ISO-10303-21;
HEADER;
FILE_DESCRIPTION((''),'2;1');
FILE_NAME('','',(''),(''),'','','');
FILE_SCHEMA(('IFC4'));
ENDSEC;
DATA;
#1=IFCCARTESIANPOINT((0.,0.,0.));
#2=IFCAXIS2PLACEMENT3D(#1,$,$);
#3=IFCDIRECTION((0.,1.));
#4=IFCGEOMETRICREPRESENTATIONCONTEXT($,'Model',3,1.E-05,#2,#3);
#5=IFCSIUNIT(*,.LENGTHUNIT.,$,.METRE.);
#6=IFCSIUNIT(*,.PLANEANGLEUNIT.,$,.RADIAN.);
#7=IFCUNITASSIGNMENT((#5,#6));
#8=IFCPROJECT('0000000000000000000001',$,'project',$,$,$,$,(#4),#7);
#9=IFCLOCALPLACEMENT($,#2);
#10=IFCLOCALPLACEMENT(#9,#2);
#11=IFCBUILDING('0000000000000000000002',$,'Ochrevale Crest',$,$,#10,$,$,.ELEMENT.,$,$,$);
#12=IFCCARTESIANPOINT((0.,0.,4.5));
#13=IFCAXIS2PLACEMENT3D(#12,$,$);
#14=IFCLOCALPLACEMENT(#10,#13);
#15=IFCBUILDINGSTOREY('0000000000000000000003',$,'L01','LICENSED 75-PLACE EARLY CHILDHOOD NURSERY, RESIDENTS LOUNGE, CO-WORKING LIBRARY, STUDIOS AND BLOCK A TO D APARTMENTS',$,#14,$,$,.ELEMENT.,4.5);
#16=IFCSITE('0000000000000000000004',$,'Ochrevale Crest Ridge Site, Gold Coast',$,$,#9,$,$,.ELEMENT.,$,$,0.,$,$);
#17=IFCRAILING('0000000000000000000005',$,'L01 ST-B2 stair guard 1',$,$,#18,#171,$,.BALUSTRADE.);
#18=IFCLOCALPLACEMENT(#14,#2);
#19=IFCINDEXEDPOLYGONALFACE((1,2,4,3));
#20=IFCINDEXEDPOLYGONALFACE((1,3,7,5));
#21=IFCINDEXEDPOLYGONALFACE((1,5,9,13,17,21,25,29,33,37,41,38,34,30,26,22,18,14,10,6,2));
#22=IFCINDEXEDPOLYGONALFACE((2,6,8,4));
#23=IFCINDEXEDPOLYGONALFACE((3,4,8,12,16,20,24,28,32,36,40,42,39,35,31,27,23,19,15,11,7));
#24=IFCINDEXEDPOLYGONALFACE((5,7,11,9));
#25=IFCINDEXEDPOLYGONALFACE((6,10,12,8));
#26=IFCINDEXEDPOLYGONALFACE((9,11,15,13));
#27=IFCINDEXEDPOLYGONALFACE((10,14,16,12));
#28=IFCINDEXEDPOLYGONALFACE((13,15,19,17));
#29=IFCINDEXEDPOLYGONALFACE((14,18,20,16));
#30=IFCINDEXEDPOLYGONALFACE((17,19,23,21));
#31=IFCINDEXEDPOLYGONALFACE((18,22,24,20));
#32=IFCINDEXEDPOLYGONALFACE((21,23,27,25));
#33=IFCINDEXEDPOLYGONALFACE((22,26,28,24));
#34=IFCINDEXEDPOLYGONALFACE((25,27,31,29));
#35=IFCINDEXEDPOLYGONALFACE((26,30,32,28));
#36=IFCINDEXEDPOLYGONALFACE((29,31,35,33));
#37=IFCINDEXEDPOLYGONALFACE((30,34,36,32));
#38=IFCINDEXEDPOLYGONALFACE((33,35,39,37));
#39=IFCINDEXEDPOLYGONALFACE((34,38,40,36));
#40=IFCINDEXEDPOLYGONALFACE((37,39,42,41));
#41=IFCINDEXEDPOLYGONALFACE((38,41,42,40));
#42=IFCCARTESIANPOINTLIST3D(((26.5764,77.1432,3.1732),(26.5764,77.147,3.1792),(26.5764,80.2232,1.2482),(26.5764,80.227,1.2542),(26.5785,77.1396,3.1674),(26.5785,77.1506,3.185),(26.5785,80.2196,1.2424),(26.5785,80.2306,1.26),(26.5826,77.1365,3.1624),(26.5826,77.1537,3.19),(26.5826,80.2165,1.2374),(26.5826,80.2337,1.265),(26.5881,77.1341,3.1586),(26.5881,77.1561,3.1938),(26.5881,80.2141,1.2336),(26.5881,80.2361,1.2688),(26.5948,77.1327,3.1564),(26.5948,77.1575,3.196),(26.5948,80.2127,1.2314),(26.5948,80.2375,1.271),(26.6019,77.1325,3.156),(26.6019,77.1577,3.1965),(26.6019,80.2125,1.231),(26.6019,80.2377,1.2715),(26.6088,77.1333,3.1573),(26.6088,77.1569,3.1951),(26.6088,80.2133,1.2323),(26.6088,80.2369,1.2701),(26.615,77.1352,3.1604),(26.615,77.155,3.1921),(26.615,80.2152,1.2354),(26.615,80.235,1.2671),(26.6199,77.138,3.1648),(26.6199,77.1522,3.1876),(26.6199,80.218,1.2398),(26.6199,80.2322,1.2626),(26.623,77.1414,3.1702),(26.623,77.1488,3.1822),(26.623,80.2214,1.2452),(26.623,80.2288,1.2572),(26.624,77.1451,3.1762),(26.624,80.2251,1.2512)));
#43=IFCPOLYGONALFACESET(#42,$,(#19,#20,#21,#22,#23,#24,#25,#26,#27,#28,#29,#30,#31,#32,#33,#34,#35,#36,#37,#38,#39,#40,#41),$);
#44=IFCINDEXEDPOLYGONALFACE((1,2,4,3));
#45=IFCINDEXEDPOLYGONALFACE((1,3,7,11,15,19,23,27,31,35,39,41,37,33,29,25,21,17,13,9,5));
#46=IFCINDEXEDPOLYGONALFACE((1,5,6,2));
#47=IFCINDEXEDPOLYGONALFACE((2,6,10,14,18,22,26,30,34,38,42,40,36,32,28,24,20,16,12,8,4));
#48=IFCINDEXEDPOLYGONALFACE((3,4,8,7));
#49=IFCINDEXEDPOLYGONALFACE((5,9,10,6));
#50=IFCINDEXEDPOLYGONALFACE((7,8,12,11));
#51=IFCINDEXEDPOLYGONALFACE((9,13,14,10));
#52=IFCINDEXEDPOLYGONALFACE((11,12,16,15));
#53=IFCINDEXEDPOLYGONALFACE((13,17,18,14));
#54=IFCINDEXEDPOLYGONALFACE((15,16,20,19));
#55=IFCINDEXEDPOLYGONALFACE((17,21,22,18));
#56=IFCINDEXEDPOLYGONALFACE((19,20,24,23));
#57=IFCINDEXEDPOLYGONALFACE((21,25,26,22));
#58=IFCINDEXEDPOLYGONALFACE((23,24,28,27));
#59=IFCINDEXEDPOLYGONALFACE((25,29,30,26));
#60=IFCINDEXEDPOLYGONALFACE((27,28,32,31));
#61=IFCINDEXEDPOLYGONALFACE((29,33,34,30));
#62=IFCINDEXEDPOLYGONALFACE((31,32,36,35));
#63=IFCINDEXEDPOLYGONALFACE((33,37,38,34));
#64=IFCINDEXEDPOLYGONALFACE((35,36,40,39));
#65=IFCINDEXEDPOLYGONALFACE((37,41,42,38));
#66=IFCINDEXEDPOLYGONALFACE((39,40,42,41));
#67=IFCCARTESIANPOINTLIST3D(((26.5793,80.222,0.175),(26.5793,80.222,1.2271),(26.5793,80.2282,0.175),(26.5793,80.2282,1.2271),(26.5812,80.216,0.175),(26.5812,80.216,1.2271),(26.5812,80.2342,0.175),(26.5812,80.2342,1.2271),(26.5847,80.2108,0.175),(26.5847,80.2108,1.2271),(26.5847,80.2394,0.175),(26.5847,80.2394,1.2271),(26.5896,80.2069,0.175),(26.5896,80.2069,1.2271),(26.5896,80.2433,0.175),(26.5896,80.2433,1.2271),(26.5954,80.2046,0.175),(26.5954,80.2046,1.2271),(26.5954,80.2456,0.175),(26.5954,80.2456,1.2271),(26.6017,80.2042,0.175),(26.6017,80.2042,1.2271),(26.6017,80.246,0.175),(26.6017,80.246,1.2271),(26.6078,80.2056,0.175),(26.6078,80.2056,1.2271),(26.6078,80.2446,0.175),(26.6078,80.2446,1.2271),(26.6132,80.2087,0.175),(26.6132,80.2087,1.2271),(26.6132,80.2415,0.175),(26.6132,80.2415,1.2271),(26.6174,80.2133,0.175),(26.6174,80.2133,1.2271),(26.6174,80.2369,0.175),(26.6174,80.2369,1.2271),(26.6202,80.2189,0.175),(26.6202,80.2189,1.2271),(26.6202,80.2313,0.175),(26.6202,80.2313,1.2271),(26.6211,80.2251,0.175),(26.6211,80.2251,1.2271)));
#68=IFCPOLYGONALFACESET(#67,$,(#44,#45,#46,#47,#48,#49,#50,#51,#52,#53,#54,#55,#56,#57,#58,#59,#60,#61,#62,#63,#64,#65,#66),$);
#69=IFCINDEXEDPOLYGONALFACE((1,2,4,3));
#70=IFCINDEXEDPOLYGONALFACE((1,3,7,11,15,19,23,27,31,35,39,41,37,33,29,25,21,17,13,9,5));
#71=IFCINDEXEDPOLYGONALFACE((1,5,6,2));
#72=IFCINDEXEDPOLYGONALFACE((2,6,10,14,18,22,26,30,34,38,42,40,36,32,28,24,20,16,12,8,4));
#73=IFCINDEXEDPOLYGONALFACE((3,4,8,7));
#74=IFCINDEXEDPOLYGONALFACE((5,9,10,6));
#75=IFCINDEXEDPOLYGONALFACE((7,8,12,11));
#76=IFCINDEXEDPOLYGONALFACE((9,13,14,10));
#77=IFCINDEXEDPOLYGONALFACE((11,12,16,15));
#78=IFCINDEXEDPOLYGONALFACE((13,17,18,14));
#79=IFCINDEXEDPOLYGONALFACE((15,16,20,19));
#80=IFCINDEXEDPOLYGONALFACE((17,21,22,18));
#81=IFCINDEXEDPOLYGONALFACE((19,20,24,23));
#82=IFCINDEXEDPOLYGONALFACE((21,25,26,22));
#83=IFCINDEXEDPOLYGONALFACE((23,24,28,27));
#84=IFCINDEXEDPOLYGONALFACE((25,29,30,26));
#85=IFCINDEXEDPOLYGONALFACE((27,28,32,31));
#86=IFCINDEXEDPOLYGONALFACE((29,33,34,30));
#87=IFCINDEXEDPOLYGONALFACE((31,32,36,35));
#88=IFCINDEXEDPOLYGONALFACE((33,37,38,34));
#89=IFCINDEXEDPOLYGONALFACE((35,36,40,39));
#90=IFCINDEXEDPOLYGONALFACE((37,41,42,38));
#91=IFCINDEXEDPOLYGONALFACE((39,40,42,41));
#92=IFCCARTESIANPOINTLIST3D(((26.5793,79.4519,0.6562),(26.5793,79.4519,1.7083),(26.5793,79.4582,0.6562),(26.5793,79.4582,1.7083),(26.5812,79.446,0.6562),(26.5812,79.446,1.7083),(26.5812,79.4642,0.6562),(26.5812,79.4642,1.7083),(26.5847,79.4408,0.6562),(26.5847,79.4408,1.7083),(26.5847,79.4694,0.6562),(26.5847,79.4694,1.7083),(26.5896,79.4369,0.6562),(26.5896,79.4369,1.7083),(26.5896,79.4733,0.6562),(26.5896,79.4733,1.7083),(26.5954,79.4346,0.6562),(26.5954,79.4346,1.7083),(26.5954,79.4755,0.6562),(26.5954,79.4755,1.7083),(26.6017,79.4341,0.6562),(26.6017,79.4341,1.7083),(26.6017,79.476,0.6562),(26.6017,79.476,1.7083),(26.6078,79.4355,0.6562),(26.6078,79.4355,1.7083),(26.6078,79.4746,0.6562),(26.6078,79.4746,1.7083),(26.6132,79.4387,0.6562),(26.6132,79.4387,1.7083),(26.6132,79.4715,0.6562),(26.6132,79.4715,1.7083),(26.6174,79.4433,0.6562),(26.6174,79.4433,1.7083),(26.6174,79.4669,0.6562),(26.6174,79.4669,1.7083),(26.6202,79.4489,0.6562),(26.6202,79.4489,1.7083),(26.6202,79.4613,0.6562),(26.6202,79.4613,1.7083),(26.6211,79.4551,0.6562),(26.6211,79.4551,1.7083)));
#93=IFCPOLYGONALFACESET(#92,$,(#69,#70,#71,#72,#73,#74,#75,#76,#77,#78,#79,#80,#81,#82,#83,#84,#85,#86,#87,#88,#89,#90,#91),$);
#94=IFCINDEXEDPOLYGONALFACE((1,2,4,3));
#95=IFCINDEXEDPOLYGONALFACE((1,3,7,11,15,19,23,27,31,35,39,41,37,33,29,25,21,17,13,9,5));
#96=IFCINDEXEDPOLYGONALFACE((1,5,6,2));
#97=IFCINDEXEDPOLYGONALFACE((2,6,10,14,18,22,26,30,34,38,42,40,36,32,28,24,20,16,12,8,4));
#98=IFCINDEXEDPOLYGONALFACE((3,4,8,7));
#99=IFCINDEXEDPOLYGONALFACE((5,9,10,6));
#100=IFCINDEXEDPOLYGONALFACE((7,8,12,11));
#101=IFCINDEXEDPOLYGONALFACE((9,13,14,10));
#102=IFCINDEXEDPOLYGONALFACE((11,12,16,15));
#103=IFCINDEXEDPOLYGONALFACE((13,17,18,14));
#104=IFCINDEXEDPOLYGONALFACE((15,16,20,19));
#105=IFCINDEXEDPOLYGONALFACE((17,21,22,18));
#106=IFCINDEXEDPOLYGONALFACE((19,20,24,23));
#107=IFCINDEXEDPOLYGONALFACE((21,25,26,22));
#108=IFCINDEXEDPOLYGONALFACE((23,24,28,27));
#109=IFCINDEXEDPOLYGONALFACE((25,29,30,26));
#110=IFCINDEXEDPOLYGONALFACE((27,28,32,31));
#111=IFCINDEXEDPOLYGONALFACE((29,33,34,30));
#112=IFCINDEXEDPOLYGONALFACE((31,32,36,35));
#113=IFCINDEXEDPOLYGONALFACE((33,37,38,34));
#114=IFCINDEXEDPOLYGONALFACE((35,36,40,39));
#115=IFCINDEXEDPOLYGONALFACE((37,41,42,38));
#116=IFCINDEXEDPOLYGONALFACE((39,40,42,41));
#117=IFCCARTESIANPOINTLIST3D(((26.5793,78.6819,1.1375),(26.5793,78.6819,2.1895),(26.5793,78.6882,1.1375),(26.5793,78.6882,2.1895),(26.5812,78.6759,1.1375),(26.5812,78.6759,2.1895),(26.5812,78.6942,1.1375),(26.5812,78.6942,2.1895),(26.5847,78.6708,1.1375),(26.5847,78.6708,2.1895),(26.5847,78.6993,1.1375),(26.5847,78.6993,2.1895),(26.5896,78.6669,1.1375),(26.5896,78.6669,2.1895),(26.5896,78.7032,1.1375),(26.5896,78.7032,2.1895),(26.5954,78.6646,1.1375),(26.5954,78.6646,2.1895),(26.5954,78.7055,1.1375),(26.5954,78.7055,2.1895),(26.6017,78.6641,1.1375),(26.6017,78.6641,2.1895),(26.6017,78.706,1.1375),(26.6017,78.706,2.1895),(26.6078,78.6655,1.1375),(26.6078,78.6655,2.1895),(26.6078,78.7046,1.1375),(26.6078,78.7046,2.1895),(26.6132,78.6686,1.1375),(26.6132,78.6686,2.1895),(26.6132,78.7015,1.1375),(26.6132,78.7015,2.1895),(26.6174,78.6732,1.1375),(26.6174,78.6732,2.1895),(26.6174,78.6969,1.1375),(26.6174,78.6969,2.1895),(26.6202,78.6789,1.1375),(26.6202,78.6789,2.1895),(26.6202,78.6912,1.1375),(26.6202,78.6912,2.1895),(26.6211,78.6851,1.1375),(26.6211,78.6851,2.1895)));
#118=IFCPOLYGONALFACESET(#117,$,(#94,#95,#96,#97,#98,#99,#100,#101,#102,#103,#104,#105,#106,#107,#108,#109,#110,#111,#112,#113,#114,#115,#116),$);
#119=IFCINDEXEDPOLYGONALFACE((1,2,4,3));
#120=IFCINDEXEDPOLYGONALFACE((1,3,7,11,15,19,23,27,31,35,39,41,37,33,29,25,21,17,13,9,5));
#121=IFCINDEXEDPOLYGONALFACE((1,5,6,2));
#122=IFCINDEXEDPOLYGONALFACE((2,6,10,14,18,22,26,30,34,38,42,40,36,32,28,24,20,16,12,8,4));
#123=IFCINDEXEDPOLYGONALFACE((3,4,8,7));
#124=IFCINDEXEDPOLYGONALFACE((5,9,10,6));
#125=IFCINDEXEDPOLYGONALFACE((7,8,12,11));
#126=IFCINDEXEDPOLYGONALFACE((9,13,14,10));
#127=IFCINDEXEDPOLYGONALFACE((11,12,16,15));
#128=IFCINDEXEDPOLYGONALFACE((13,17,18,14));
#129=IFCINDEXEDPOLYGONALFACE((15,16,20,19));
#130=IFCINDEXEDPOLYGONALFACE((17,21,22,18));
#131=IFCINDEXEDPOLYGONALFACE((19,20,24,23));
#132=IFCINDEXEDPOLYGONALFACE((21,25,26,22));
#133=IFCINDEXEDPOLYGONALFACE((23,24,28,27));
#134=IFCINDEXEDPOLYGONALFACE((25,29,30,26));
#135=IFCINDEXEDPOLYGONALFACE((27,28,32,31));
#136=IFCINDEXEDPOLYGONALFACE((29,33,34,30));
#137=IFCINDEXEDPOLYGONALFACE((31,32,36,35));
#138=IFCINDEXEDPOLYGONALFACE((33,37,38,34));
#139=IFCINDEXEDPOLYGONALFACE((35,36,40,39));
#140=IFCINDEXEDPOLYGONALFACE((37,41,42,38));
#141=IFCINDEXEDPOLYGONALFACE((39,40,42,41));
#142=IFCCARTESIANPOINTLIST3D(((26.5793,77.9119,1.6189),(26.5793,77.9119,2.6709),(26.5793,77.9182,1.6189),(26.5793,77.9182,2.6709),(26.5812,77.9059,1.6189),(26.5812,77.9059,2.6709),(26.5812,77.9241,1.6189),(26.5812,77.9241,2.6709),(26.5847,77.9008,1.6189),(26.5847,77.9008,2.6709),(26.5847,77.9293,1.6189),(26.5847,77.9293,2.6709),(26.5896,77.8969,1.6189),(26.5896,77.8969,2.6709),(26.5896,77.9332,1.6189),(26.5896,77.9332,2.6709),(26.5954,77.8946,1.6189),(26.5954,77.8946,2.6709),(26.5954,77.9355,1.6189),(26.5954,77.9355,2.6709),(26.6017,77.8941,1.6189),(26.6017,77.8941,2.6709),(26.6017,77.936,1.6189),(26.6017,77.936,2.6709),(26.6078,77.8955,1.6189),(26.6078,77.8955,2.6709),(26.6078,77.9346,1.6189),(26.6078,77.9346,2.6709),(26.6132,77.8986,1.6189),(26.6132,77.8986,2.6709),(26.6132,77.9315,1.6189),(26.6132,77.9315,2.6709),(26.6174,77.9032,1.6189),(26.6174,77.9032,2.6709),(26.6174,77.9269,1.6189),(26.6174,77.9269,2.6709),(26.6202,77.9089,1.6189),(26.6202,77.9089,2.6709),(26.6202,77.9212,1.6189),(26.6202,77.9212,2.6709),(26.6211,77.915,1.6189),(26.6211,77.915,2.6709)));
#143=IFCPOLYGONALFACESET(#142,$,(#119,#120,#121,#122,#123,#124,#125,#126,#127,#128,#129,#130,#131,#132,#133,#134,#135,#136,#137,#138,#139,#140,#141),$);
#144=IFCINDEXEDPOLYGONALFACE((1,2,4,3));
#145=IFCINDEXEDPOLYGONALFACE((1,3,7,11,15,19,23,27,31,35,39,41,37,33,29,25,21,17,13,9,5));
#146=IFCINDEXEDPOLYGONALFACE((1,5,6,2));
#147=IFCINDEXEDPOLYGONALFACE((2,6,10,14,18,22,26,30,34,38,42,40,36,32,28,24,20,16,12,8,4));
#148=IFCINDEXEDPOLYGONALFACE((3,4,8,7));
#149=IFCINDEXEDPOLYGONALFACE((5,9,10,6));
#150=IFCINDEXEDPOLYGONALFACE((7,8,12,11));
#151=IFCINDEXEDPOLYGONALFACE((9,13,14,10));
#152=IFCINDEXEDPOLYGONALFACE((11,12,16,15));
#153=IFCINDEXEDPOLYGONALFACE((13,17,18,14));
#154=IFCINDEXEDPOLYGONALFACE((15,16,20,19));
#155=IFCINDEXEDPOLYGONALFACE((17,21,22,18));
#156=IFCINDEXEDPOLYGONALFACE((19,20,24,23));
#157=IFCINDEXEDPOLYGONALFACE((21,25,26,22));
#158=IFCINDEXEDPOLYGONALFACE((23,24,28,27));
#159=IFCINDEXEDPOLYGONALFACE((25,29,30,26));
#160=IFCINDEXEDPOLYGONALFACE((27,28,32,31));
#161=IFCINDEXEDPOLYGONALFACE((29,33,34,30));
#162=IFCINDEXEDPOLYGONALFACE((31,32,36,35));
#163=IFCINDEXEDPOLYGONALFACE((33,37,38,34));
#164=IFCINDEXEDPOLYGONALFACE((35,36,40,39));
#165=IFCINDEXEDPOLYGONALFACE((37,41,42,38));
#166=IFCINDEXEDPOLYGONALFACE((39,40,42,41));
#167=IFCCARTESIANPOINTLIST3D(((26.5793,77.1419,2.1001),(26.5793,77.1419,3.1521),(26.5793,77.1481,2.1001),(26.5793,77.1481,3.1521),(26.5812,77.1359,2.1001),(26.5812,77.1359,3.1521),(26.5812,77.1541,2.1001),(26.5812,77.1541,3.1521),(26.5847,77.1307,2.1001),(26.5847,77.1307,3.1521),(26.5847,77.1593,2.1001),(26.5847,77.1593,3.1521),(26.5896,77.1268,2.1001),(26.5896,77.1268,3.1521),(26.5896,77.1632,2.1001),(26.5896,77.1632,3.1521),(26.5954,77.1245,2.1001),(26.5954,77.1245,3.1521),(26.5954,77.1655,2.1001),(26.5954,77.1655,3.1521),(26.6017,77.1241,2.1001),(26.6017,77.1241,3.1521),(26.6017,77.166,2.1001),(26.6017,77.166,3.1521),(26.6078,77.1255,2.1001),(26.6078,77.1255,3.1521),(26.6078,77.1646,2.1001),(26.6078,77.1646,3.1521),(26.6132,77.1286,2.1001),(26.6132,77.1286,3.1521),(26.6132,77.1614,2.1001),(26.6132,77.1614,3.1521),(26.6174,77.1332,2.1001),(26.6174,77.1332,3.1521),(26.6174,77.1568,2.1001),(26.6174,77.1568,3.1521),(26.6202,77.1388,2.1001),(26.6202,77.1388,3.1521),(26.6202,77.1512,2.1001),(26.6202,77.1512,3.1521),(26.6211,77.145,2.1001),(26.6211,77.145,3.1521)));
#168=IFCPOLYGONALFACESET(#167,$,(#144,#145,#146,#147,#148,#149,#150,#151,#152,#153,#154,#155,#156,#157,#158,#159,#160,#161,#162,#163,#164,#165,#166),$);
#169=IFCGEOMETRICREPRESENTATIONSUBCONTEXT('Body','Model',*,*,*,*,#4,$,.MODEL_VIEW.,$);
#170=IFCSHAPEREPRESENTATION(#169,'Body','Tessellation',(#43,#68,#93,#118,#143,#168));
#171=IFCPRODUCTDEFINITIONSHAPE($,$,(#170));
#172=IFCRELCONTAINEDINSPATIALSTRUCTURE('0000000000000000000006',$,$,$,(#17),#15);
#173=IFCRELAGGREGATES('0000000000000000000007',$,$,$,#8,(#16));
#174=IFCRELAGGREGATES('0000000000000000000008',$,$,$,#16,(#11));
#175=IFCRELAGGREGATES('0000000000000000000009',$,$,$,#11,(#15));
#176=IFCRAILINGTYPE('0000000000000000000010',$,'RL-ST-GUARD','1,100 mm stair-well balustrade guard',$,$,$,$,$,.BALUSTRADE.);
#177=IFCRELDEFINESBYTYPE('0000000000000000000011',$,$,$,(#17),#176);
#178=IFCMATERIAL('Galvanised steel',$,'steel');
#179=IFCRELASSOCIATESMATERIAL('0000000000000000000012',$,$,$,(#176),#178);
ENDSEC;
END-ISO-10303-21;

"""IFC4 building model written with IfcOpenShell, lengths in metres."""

from ifc_helpers import new_model, si_unit, direction, frame, origin, origin_2d, place, context, subcontext, project, spatial, circle, extrude, material, type_object, element, save


model = new_model("IFC4")

# Units and contexts
model_context = context("Model", 3, precision=1e-05, world=origin(), true_north=direction((0.0, 1.0)))
body_context = subcontext(model_context, "Body", "Model", "MODEL_VIEW")
ifc_project = project(units=[si_unit("LENGTHUNIT", "METRE"), si_unit("PLANEANGLEUNIT", "RADIAN")], contexts=[model_context])

# Site, building, storey
site_placement = place(None, origin())
site = spatial("IfcSite", under=ifc_project, at=site_placement, Name="Ochrevale Crest Ridge Site, Gold Coast", CompositionType="ELEMENT", RefElevation=0.0)
building_placement = place(site_placement, origin())
building = spatial("IfcBuilding", under=site, at=building_placement, Name="Ochrevale Crest", CompositionType="ELEMENT")
storey_placement = place(building_placement, frame((0.0, 0.0, 4.5)))
storey = spatial("IfcBuildingStorey", under=building, at=storey_placement, Name="L01", Description="LICENSED 75-PLACE EARLY CHILDHOOD NURSERY, RESIDENTS LOUNGE, CO-WORKING LIBRARY, STUDIOS AND BLOCK A TO D APARTMENTS", CompositionType="ELEMENT", Elevation=4.5)

# Railing
ifc_material_1 = material(Name="Galvanised steel", Category="steel")
railing_type_1 = type_object("IfcRailingType", Name="RL-ST-GUARD", Description="1,100 mm stair-well balustrade guard", PredefinedType="BALUSTRADE", material=ifc_material_1)
railing_1_placement = place(storey_placement, frame((26.6001, 80.2251, 0.175)))
element("IfcRailing", 1, at=railing_1_placement, inside=storey, type_object=railing_type_1, Name="L01 ST-B2 stair guard 1", PredefinedType="BALUSTRADE", context=body_context, shape_type="SweptSolid", body=[
    extrude(circle(Radius=0.0239, at=origin_2d()), frame((0.0, 0.0, 1.0762), z_axis=(0.0, -0.847998, 0.529999), x_axis=(1.0, 0.0, 0.0)), (0.0, 0.0, 1.0), 3.6321),
    extrude(circle(Radius=0.021, at=origin_2d()), origin(), (0.0, 0.0, 1.0), 1.052),
    extrude(circle(Radius=0.021, at=origin_2d()), frame((0.0, -0.77, 0.4812)), (0.0, 0.0, 1.0), 1.052),
    extrude(circle(Radius=0.021, at=origin_2d()), frame((0.0, -1.54, 0.9624)), (0.0, 0.0, 1.0), 1.052),
    extrude(circle(Radius=0.021, at=origin_2d()), frame((0.0, -2.3101, 1.4438)), (0.0, 0.0, 1.0), 1.052),
    extrude(circle(Radius=0.021, at=origin_2d()), frame((0.0, -3.0801, 1.925)), (0.0, 0.0, 1.0), 1.052),
])

save(model, "model.ifc")
